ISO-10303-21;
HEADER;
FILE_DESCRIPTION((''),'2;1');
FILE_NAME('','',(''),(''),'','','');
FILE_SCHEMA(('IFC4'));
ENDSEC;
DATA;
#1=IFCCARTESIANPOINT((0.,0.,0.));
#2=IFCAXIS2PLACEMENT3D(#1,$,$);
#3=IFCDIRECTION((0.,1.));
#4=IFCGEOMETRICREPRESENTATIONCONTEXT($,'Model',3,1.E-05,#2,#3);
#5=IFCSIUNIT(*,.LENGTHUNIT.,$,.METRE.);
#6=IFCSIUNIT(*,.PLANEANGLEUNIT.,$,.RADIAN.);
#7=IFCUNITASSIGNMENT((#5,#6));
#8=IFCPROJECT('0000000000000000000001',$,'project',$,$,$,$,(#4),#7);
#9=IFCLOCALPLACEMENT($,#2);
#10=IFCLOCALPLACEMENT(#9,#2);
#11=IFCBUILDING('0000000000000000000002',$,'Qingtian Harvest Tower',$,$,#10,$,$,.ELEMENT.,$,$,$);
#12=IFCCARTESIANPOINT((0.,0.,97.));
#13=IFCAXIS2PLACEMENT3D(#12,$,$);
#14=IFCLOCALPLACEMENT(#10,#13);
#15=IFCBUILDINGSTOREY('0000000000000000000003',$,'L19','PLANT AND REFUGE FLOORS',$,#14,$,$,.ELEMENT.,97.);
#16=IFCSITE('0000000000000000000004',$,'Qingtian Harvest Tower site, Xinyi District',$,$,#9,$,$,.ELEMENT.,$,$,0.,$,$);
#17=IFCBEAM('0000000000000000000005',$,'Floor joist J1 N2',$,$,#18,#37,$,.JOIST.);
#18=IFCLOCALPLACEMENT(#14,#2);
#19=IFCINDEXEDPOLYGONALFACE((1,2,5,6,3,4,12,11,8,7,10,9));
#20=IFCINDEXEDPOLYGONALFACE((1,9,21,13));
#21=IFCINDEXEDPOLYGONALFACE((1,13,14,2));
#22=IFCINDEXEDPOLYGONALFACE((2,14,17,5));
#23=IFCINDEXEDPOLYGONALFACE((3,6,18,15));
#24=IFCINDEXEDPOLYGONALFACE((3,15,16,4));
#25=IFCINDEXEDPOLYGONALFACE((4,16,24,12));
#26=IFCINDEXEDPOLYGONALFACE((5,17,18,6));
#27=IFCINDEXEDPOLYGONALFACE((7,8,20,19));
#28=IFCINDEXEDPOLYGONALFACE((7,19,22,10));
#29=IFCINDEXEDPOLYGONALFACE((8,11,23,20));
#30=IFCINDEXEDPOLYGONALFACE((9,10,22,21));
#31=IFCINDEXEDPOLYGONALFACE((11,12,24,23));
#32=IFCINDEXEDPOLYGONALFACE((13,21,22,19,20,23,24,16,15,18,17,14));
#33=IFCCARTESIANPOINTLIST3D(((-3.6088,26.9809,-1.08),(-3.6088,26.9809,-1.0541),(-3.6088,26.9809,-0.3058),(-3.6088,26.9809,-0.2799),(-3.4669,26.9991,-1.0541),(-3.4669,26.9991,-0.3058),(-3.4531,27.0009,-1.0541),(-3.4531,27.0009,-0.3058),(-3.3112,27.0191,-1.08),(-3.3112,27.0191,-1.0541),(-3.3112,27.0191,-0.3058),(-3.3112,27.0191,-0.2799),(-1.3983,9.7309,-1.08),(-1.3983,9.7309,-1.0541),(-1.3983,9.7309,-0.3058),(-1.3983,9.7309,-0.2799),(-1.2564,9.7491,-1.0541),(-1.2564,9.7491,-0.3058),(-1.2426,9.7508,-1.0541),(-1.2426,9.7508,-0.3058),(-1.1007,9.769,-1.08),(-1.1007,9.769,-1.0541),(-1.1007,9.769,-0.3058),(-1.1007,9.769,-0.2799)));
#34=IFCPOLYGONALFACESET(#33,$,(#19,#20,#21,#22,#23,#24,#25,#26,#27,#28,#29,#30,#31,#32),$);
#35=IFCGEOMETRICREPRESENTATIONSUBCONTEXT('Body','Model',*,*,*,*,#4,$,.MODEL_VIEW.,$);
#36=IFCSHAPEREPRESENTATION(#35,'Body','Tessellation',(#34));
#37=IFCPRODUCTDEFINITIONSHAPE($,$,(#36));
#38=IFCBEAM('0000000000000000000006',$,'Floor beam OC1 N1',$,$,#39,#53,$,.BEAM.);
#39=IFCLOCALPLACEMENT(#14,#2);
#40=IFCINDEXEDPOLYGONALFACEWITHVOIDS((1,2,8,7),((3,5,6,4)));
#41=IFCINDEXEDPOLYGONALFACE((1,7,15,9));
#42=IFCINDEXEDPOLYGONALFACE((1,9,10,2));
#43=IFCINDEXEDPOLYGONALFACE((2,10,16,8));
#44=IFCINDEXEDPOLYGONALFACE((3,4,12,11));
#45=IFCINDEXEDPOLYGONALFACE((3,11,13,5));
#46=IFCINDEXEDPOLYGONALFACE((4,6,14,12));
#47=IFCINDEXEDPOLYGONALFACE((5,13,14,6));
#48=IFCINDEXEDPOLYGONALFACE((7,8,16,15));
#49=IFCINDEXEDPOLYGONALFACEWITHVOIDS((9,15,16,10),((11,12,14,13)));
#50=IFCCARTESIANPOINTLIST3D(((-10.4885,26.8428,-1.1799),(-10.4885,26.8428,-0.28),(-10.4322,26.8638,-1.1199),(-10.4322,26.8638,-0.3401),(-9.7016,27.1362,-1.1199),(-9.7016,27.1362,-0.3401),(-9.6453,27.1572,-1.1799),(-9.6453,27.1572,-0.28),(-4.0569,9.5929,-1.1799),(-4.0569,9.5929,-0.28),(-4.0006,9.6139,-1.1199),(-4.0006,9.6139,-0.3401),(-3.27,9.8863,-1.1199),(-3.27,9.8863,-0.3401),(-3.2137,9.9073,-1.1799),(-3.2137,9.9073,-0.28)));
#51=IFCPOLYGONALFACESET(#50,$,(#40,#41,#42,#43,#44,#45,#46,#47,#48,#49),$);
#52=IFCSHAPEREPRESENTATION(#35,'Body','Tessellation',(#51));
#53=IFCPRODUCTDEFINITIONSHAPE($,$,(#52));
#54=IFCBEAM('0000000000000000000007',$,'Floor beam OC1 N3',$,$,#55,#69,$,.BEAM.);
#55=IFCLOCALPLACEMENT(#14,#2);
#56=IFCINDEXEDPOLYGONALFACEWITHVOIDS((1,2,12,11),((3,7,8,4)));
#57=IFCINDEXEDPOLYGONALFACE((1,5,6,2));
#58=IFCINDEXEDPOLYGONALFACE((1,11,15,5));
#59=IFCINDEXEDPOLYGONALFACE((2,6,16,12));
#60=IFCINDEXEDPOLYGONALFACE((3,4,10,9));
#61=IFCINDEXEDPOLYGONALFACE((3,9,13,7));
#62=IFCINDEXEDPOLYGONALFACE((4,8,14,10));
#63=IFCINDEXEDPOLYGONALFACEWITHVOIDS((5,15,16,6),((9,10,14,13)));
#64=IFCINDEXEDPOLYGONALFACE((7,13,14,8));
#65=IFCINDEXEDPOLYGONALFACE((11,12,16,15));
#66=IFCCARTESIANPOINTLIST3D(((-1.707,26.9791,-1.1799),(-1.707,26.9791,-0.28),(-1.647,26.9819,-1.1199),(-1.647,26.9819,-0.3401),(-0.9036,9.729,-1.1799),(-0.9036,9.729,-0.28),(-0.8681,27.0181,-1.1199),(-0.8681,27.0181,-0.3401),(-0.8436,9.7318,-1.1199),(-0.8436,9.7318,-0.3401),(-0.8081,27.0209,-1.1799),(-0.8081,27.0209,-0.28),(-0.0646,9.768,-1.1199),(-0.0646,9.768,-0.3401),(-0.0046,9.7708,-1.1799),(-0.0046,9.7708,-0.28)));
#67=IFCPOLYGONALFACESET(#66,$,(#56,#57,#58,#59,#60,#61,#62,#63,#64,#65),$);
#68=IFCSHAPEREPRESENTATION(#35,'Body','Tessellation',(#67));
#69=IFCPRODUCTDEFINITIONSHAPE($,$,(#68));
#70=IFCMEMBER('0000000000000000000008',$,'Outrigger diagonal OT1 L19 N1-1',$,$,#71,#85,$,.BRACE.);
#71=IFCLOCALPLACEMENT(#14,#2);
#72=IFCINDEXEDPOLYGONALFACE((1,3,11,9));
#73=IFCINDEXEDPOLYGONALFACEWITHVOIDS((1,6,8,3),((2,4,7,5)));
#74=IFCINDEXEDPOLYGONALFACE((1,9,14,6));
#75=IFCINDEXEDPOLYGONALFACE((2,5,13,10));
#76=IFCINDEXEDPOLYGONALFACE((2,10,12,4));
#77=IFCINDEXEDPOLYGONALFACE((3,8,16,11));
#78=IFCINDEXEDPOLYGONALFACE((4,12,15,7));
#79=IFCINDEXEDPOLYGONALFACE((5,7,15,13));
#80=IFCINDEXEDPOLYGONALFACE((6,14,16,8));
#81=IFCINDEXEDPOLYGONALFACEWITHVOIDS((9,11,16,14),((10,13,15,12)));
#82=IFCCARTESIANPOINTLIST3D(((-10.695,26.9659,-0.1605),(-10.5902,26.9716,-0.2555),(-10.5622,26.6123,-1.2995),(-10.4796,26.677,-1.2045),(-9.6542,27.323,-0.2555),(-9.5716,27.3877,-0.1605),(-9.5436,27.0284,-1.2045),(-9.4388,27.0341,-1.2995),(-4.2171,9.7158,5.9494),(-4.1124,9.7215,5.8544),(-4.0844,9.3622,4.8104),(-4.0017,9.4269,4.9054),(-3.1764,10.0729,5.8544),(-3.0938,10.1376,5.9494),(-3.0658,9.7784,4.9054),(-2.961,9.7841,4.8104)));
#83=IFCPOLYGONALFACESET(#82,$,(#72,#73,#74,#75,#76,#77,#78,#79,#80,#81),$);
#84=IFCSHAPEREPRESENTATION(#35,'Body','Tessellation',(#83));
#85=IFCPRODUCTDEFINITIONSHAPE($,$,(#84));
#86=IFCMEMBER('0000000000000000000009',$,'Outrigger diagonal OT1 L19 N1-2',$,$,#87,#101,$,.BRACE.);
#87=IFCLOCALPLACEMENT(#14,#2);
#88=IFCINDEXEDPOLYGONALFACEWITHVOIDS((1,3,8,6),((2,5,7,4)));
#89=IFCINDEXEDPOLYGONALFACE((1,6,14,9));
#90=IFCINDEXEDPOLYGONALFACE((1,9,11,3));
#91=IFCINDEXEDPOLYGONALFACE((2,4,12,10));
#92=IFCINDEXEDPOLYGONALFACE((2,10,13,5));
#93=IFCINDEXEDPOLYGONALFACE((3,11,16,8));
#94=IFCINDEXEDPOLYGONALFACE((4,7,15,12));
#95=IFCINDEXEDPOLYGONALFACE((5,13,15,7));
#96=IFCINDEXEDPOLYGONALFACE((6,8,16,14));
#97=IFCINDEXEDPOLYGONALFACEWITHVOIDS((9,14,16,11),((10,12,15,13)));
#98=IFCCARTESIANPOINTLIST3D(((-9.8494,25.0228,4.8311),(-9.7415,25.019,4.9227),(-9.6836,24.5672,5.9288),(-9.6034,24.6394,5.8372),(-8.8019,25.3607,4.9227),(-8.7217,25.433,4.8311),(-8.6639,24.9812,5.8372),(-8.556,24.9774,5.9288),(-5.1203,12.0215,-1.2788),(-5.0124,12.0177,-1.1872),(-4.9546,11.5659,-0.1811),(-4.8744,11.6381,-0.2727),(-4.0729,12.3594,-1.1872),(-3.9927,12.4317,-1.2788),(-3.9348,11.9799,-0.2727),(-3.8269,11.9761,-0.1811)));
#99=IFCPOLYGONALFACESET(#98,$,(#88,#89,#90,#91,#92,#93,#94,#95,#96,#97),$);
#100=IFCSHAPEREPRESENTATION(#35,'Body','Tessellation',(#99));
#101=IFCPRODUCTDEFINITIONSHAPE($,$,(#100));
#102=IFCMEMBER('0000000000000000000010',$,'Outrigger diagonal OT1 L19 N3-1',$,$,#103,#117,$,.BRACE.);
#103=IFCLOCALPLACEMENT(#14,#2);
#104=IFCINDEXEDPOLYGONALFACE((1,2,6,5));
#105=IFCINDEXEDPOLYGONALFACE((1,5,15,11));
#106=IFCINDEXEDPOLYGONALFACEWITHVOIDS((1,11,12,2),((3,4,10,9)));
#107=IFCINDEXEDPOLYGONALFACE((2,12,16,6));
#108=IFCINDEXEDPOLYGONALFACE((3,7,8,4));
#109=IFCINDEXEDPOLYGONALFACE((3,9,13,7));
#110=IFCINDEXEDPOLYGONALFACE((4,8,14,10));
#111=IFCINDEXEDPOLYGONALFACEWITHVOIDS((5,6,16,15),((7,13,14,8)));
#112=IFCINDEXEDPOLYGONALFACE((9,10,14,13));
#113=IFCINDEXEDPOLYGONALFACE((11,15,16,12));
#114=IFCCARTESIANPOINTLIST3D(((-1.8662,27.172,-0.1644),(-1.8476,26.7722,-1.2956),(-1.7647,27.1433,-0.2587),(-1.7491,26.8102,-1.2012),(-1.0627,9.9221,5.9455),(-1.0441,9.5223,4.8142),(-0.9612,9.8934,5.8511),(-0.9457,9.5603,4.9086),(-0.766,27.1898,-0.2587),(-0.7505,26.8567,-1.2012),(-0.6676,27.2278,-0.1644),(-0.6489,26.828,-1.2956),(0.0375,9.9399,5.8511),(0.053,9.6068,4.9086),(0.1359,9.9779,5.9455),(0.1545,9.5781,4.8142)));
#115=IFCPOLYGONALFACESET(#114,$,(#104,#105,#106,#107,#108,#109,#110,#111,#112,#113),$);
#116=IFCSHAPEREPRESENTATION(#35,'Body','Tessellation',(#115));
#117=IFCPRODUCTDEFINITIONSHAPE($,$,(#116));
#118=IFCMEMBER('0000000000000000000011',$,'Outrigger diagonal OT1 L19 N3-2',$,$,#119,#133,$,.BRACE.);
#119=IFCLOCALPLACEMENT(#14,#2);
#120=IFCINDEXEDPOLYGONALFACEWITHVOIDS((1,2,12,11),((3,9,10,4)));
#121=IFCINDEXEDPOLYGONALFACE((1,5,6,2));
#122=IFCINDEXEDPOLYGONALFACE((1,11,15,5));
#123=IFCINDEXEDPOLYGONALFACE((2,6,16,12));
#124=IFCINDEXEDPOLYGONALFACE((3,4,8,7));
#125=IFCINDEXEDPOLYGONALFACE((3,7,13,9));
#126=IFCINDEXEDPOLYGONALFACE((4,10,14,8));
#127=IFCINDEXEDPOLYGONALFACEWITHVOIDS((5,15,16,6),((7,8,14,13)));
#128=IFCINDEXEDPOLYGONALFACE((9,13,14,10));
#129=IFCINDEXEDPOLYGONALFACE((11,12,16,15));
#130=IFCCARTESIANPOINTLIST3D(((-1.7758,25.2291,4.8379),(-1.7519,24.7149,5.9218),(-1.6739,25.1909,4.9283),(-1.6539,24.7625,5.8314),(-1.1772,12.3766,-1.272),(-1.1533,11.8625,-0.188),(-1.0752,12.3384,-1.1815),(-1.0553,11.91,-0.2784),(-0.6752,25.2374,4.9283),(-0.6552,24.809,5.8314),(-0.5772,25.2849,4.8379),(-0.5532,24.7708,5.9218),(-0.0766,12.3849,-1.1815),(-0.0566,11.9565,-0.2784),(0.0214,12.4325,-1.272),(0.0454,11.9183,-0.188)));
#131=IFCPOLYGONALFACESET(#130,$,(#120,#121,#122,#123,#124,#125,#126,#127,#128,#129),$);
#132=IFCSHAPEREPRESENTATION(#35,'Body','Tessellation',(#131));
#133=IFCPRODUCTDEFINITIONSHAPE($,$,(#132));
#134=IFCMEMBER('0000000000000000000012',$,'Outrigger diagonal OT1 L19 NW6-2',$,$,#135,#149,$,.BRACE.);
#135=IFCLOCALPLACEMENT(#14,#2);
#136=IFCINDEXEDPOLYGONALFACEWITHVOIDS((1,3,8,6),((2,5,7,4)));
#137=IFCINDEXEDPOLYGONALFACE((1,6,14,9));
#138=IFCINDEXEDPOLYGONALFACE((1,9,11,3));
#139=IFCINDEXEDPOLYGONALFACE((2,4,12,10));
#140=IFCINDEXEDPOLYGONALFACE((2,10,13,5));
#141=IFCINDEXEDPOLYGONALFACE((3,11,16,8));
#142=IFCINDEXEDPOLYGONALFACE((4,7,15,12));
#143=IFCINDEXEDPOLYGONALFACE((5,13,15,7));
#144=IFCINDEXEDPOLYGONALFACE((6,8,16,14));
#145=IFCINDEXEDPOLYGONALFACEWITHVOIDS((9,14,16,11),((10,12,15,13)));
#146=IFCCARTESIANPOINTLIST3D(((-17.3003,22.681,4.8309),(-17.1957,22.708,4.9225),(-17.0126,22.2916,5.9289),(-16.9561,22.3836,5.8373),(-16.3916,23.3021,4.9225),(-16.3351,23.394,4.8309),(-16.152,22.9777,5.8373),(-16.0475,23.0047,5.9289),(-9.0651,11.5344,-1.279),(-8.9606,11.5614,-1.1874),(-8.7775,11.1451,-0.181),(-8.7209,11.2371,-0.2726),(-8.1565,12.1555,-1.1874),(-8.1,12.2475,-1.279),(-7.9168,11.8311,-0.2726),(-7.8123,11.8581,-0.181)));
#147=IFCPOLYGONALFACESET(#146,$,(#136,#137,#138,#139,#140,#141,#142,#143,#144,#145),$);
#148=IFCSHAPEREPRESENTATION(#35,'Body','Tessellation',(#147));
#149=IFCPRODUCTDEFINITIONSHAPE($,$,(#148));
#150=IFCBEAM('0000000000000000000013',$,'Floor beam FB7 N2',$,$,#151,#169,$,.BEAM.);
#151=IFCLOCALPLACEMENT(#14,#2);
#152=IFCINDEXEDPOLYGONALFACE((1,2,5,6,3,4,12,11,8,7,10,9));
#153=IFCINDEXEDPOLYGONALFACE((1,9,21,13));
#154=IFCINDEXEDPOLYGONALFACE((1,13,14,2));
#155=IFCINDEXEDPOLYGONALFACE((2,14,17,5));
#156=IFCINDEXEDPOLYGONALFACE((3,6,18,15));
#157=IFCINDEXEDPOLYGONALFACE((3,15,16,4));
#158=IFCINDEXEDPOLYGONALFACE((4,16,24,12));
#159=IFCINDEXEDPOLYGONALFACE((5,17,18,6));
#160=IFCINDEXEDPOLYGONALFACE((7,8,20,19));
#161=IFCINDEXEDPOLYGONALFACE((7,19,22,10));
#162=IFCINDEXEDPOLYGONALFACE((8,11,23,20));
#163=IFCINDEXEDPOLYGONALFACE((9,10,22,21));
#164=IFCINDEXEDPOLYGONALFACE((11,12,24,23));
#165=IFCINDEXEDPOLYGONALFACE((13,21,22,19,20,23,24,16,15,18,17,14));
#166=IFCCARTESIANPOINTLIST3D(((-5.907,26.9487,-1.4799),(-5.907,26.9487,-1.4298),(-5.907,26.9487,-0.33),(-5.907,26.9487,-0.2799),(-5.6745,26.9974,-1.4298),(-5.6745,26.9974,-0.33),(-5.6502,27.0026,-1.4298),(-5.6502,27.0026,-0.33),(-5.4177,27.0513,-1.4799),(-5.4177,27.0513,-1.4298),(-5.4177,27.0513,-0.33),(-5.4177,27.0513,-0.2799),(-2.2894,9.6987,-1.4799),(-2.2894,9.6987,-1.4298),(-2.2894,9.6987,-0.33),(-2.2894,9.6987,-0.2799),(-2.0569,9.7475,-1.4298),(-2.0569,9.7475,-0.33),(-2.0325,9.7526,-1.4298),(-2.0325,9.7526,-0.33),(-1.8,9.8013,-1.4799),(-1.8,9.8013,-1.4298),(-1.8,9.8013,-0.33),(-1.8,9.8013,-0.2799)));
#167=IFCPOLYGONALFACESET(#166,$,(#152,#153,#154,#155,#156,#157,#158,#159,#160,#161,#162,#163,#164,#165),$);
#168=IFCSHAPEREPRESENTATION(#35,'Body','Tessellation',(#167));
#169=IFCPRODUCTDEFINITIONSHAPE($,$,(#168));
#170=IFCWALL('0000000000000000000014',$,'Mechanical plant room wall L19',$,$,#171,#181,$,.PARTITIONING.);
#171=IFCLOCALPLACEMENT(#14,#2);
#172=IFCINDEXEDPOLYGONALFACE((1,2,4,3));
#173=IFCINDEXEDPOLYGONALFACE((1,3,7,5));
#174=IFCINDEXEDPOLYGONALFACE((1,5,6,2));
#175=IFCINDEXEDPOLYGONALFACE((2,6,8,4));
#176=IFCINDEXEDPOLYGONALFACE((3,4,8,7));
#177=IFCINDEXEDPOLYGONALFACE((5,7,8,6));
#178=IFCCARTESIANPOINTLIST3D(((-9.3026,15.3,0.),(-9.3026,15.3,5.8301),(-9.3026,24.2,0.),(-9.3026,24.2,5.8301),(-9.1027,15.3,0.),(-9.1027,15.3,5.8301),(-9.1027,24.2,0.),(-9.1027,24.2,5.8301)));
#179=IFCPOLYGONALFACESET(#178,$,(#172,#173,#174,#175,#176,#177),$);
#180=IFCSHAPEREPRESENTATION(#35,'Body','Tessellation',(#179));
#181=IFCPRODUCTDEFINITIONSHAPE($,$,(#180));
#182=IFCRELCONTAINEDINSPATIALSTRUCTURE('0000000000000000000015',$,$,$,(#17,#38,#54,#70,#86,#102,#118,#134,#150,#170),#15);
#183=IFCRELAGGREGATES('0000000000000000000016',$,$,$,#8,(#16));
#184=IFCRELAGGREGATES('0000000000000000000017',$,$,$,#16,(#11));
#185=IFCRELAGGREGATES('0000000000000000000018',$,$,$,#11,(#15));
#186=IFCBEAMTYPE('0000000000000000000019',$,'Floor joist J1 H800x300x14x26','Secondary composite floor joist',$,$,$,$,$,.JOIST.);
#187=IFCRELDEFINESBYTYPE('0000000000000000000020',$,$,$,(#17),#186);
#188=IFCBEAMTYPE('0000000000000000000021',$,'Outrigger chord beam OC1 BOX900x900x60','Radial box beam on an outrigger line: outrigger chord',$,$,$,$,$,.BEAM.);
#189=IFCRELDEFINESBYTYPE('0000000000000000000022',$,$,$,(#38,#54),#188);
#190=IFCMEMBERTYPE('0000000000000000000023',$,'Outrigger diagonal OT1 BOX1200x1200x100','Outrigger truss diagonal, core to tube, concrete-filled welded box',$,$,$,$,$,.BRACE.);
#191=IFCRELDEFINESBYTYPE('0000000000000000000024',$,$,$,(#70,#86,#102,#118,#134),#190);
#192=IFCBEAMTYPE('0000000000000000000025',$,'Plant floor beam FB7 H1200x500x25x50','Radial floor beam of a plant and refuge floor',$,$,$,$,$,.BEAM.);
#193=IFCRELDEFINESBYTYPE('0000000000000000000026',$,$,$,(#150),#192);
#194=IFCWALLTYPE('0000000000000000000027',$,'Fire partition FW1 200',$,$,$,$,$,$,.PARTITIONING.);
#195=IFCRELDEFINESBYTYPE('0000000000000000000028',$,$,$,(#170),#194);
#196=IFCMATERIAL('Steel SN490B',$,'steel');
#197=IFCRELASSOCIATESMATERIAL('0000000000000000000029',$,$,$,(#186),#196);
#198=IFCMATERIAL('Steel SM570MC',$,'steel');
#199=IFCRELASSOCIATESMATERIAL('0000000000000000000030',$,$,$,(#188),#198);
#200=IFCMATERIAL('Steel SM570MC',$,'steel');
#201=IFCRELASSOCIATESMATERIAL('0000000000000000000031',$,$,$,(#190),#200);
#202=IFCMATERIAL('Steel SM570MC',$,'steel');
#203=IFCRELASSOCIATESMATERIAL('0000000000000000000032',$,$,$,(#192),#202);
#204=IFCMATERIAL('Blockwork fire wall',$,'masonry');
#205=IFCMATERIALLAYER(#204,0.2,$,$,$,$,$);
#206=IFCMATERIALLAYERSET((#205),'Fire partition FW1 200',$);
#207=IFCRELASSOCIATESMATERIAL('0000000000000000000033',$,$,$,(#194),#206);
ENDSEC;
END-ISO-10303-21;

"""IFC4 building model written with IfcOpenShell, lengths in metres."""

from ifc_helpers import new_model, si_unit, direction, frame, frame_2d, origin, origin_2d, place, context, subcontext, project, spatial, rectangle, hollow_rectangle, i_section, extrude, material, layer, layer_set, material_profile, profile_set, type_object, element, save


model = new_model("IFC4")

# Units and contexts
model_context = context("Model", 3, precision=1e-05, world=origin(), true_north=direction((0.0, 1.0)))
body_context = subcontext(model_context, "Body", "Model", "MODEL_VIEW")
ifc_project = project(units=[si_unit("LENGTHUNIT", "METRE"), si_unit("PLANEANGLEUNIT", "RADIAN")], contexts=[model_context])

# Site, building, storey
site_placement = place(None, origin())
site = spatial("IfcSite", under=ifc_project, at=site_placement, Name="Qingtian Harvest Tower site, Xinyi District", CompositionType="ELEMENT", RefElevation=0.0)
building_placement = place(site_placement, origin())
building = spatial("IfcBuilding", under=site, at=building_placement, Name="Qingtian Harvest Tower", CompositionType="ELEMENT")
storey_placement = place(building_placement, frame((0.0, 0.0, 97.0)))
storey = spatial("IfcBuildingStorey", under=building, at=storey_placement, Name="L19", Description="PLANT AND REFUGE FLOORS", CompositionType="ELEMENT", Elevation=97.0)

# Beams
ifc_material_1 = material(Name="Steel SN490B", Category="steel")
ifc_material_profile_1 = material_profile(ifc_material_1, i_section(OverallWidth=0.3, OverallDepth=0.8, WebThickness=0.0139, FlangeThickness=0.0259, at=origin_2d()), Name="H800x300x14x26")
ifc_profile_set_1 = profile_set([ifc_material_profile_1], Name="Steel SN490B")
beam_type_1 = type_object("IfcBeamType", Name="Floor joist J1 H800x300x14x26", Description="Secondary composite floor joist", PredefinedType="JOIST", material=ifc_profile_set_1)
beam_1_placement = place(storey_placement, frame((-3.46, 27.0, -0.6799), z_axis=(0.127103, -0.99189, 0.0), x_axis=(0.99189, 0.127103, 0.0)))
element("IfcBeam", 1, at=beam_1_placement, inside=storey, type_object=beam_type_1, Name="Floor joist J1 N2", PredefinedType="JOIST", context=body_context, shape_type="SweptSolid", body=[
    extrude(i_section(OverallWidth=0.3, OverallDepth=0.8, WebThickness=0.0139, FlangeThickness=0.0259, at=origin_2d()), origin(), (0.0, 0.0, 1.0), 17.3911),
])
ifc_material_2 = material(Name="Steel SM570MC", Category="steel")
ifc_material_profile_2 = material_profile(ifc_material_2, hollow_rectangle(XDim=0.8999, YDim=0.8999, WallThickness=0.0601, at=origin_2d()), Name="BOX900x900x60")
ifc_profile_set_2 = profile_set([ifc_material_profile_2], Name="Steel SM570MC")
beam_type_2 = type_object("IfcBeamType", Name="Outrigger chord beam OC1 BOX900x900x60", Description="Radial box beam on an outrigger line: outrigger chord", PredefinedType="BEAM", material=ifc_profile_set_2)
beam_2_placement = place(storey_placement, frame((-10.0669, 27.0, -0.73), z_axis=(0.349356, -0.93699, 0.0), x_axis=(0.93699, 0.349356, 0.0)))
element("IfcBeam", 2, at=beam_2_placement, inside=storey, type_object=beam_type_2, Name="Floor beam OC1 N1", PredefinedType="BEAM", context=body_context, shape_type="SweptSolid", body=[
    extrude(hollow_rectangle(XDim=0.8999, YDim=0.8999, WallThickness=0.0601, at=origin_2d()), origin(), (0.0, 0.0, 1.0), 18.4099),
])
beam_3_placement = place(storey_placement, frame((-1.2576, 27.0, -0.73), z_axis=(0.046527, -0.998917, 0.0), x_axis=(0.998917, 0.046527, 0.0)))
element("IfcBeam", 3, at=beam_3_placement, inside=storey, type_object=beam_type_2, Name="Floor beam OC1 N3", PredefinedType="BEAM", context=body_context, shape_type="SweptSolid", body=[
    extrude(hollow_rectangle(XDim=0.8999, YDim=0.8999, WallThickness=0.0601, at=origin_2d()), origin(), (0.0, 0.0, 1.0), 17.2688),
])

# Members
ifc_material_3 = material(Name="Steel SM570MC", Category="steel")
ifc_material_profile_3 = material_profile(ifc_material_3, hollow_rectangle(XDim=1.2, YDim=1.2, WallThickness=0.1001, at=origin_2d()), Name="BOX1200x1200x100")
ifc_profile_set_3 = profile_set([ifc_material_profile_3], Name="Steel SM570MC")
member_type_1 = type_object("IfcMemberType", Name="Outrigger diagonal OT1 BOX1200x1200x100", Description="Outrigger truss diagonal, core to tube, concrete-filled welded box", PredefinedType="BRACE", material=ifc_profile_set_3)
member_1_placement = place(storey_placement, frame((-10.0669, 27.0, -0.73), z_axis=(0.333687, -0.888592, 0.314735), x_axis=(0.936168, 0.351553, 0.0)))
element("IfcMember", 4, at=member_1_placement, inside=storey, type_object=member_type_1, Name="Outrigger diagonal OT1 L19 N1-1", PredefinedType="BRACE", context=body_context, shape_type="SweptSolid", body=[
    extrude(hollow_rectangle(XDim=1.2, YDim=1.2, WallThickness=0.1001, at=origin_2d()), origin(), (0.0, 0.0, 1.0), 19.4128),
])
member_2_placement = place(storey_placement, frame((-4.4736, 11.9988, -0.73), z_axis=(-0.312689, 0.85966, 0.403993), x_axis=(-0.939764, -0.341825, 0.0)))
element("IfcMember", 5, at=member_2_placement, inside=storey, type_object=member_type_1, Name="Outrigger diagonal OT1 L19 N1-2", PredefinedType="BRACE", context=body_context, shape_type="SweptSolid", body=[
    extrude(hollow_rectangle(XDim=1.2, YDim=1.2, WallThickness=0.1001, at=origin_2d()), origin(), (0.0, 0.0, 1.0), 15.1238),
])
member_3_placement = place(storey_placement, frame((-1.2576, 27.0, -0.73), z_axis=(0.043863, -0.941712, 0.33355), x_axis=(0.998917, 0.046527, 0.0)))
element("IfcMember", 6, at=member_3_placement, inside=storey, type_object=member_type_1, Name="Outrigger diagonal OT1 L19 N3-1", PredefinedType="BRACE", context=body_context, shape_type="SweptSolid", body=[
    extrude(hollow_rectangle(XDim=1.2, YDim=1.2, WallThickness=0.1001, at=origin_2d()), origin(), (0.0, 0.0, 1.0), 18.3176),
])
member_4_placement = place(storey_placement, frame((-0.5659, 12.1475, -0.73), z_axis=(-0.042029, 0.902346, 0.428959), x_axis=(-0.998917, -0.046527, 0.0)))
element("IfcMember", 7, at=member_4_placement, inside=storey, type_object=member_type_1, Name="Outrigger diagonal OT1 L19 N3-2", PredefinedType="BRACE", context=body_context, shape_type="SweptSolid", body=[
    extrude(hollow_rectangle(XDim=1.2, YDim=1.2, WallThickness=0.1001, at=origin_2d()), origin(), (0.0, 0.0, 1.0), 14.2434),
])
member_5_placement = place(storey_placement, frame((-8.4387, 11.6963, -0.73), z_axis=(-0.543727, 0.735952, 0.403406), x_axis=(-0.8043, -0.594223, 0.0)))
element("IfcMember", 8, at=member_5_placement, inside=storey, type_object=member_type_1, Name="Outrigger diagonal OT1 L19 NW6-2", PredefinedType="BRACE", context=body_context, shape_type="SweptSolid", body=[
    extrude(hollow_rectangle(XDim=1.2, YDim=1.2, WallThickness=0.1001, at=origin_2d()), origin(), (0.0, 0.0, 1.0), 15.1458),
])

# Beam
ifc_material_4 = material(Name="Steel SM570MC", Category="steel")
ifc_material_profile_4 = material_profile(ifc_material_4, i_section(OverallWidth=0.5, OverallDepth=1.2, WebThickness=0.0249, FlangeThickness=0.05, at=origin_2d()), Name="H1200x500x25x50")
ifc_profile_set_4 = profile_set([ifc_material_profile_4], Name="Steel SM570MC")
beam_type_3 = type_object("IfcBeamType", Name="Plant floor beam FB7 H1200x500x25x50", Description="Radial floor beam of a plant and refuge floor", PredefinedType="BEAM", material=ifc_profile_set_4)
beam_4_placement = place(storey_placement, frame((-5.6624, 27.0, -0.8799), z_axis=(0.205255, -0.978709, 0.0), x_axis=(0.978709, 0.205255, 0.0)))
element("IfcBeam", 9, at=beam_4_placement, inside=storey, type_object=beam_type_3, Name="Floor beam FB7 N2", PredefinedType="BEAM", context=body_context, shape_type="SweptSolid", body=[
    extrude(i_section(OverallWidth=0.5, OverallDepth=1.2, WebThickness=0.0249, FlangeThickness=0.05, at=origin_2d()), origin(), (0.0, 0.0, 1.0), 17.6252),
])

# Wall
ifc_material_5 = material(Name="Blockwork fire wall", Category="masonry")
ifc_layer_1 = layer(ifc_material_5, 0.2)
ifc_layer_set_1 = layer_set([ifc_layer_1], Name="Fire partition FW1 200")
wall_type = type_object("IfcWallType", Name="Fire partition FW1 200", PredefinedType="PARTITIONING", material=ifc_layer_set_1)
wall_1_placement = place(storey_placement, frame((-9.2026, 24.2, 0.0), z_axis=(0.0, 0.0, 1.0), x_axis=(0.0, -1.0, 0.0)))
element("IfcWall", 10, at=wall_1_placement, inside=storey, type_object=wall_type, Name="Mechanical plant room wall L19", PredefinedType="PARTITIONING", context=body_context, shape_type="SweptSolid", body=[
    extrude(rectangle(XDim=8.8999, YDim=0.2, at=frame_2d((4.45, 0.0))), origin(), (0.0, 0.0, 1.0), 5.8301),
])

save(model, "model.ifc")
